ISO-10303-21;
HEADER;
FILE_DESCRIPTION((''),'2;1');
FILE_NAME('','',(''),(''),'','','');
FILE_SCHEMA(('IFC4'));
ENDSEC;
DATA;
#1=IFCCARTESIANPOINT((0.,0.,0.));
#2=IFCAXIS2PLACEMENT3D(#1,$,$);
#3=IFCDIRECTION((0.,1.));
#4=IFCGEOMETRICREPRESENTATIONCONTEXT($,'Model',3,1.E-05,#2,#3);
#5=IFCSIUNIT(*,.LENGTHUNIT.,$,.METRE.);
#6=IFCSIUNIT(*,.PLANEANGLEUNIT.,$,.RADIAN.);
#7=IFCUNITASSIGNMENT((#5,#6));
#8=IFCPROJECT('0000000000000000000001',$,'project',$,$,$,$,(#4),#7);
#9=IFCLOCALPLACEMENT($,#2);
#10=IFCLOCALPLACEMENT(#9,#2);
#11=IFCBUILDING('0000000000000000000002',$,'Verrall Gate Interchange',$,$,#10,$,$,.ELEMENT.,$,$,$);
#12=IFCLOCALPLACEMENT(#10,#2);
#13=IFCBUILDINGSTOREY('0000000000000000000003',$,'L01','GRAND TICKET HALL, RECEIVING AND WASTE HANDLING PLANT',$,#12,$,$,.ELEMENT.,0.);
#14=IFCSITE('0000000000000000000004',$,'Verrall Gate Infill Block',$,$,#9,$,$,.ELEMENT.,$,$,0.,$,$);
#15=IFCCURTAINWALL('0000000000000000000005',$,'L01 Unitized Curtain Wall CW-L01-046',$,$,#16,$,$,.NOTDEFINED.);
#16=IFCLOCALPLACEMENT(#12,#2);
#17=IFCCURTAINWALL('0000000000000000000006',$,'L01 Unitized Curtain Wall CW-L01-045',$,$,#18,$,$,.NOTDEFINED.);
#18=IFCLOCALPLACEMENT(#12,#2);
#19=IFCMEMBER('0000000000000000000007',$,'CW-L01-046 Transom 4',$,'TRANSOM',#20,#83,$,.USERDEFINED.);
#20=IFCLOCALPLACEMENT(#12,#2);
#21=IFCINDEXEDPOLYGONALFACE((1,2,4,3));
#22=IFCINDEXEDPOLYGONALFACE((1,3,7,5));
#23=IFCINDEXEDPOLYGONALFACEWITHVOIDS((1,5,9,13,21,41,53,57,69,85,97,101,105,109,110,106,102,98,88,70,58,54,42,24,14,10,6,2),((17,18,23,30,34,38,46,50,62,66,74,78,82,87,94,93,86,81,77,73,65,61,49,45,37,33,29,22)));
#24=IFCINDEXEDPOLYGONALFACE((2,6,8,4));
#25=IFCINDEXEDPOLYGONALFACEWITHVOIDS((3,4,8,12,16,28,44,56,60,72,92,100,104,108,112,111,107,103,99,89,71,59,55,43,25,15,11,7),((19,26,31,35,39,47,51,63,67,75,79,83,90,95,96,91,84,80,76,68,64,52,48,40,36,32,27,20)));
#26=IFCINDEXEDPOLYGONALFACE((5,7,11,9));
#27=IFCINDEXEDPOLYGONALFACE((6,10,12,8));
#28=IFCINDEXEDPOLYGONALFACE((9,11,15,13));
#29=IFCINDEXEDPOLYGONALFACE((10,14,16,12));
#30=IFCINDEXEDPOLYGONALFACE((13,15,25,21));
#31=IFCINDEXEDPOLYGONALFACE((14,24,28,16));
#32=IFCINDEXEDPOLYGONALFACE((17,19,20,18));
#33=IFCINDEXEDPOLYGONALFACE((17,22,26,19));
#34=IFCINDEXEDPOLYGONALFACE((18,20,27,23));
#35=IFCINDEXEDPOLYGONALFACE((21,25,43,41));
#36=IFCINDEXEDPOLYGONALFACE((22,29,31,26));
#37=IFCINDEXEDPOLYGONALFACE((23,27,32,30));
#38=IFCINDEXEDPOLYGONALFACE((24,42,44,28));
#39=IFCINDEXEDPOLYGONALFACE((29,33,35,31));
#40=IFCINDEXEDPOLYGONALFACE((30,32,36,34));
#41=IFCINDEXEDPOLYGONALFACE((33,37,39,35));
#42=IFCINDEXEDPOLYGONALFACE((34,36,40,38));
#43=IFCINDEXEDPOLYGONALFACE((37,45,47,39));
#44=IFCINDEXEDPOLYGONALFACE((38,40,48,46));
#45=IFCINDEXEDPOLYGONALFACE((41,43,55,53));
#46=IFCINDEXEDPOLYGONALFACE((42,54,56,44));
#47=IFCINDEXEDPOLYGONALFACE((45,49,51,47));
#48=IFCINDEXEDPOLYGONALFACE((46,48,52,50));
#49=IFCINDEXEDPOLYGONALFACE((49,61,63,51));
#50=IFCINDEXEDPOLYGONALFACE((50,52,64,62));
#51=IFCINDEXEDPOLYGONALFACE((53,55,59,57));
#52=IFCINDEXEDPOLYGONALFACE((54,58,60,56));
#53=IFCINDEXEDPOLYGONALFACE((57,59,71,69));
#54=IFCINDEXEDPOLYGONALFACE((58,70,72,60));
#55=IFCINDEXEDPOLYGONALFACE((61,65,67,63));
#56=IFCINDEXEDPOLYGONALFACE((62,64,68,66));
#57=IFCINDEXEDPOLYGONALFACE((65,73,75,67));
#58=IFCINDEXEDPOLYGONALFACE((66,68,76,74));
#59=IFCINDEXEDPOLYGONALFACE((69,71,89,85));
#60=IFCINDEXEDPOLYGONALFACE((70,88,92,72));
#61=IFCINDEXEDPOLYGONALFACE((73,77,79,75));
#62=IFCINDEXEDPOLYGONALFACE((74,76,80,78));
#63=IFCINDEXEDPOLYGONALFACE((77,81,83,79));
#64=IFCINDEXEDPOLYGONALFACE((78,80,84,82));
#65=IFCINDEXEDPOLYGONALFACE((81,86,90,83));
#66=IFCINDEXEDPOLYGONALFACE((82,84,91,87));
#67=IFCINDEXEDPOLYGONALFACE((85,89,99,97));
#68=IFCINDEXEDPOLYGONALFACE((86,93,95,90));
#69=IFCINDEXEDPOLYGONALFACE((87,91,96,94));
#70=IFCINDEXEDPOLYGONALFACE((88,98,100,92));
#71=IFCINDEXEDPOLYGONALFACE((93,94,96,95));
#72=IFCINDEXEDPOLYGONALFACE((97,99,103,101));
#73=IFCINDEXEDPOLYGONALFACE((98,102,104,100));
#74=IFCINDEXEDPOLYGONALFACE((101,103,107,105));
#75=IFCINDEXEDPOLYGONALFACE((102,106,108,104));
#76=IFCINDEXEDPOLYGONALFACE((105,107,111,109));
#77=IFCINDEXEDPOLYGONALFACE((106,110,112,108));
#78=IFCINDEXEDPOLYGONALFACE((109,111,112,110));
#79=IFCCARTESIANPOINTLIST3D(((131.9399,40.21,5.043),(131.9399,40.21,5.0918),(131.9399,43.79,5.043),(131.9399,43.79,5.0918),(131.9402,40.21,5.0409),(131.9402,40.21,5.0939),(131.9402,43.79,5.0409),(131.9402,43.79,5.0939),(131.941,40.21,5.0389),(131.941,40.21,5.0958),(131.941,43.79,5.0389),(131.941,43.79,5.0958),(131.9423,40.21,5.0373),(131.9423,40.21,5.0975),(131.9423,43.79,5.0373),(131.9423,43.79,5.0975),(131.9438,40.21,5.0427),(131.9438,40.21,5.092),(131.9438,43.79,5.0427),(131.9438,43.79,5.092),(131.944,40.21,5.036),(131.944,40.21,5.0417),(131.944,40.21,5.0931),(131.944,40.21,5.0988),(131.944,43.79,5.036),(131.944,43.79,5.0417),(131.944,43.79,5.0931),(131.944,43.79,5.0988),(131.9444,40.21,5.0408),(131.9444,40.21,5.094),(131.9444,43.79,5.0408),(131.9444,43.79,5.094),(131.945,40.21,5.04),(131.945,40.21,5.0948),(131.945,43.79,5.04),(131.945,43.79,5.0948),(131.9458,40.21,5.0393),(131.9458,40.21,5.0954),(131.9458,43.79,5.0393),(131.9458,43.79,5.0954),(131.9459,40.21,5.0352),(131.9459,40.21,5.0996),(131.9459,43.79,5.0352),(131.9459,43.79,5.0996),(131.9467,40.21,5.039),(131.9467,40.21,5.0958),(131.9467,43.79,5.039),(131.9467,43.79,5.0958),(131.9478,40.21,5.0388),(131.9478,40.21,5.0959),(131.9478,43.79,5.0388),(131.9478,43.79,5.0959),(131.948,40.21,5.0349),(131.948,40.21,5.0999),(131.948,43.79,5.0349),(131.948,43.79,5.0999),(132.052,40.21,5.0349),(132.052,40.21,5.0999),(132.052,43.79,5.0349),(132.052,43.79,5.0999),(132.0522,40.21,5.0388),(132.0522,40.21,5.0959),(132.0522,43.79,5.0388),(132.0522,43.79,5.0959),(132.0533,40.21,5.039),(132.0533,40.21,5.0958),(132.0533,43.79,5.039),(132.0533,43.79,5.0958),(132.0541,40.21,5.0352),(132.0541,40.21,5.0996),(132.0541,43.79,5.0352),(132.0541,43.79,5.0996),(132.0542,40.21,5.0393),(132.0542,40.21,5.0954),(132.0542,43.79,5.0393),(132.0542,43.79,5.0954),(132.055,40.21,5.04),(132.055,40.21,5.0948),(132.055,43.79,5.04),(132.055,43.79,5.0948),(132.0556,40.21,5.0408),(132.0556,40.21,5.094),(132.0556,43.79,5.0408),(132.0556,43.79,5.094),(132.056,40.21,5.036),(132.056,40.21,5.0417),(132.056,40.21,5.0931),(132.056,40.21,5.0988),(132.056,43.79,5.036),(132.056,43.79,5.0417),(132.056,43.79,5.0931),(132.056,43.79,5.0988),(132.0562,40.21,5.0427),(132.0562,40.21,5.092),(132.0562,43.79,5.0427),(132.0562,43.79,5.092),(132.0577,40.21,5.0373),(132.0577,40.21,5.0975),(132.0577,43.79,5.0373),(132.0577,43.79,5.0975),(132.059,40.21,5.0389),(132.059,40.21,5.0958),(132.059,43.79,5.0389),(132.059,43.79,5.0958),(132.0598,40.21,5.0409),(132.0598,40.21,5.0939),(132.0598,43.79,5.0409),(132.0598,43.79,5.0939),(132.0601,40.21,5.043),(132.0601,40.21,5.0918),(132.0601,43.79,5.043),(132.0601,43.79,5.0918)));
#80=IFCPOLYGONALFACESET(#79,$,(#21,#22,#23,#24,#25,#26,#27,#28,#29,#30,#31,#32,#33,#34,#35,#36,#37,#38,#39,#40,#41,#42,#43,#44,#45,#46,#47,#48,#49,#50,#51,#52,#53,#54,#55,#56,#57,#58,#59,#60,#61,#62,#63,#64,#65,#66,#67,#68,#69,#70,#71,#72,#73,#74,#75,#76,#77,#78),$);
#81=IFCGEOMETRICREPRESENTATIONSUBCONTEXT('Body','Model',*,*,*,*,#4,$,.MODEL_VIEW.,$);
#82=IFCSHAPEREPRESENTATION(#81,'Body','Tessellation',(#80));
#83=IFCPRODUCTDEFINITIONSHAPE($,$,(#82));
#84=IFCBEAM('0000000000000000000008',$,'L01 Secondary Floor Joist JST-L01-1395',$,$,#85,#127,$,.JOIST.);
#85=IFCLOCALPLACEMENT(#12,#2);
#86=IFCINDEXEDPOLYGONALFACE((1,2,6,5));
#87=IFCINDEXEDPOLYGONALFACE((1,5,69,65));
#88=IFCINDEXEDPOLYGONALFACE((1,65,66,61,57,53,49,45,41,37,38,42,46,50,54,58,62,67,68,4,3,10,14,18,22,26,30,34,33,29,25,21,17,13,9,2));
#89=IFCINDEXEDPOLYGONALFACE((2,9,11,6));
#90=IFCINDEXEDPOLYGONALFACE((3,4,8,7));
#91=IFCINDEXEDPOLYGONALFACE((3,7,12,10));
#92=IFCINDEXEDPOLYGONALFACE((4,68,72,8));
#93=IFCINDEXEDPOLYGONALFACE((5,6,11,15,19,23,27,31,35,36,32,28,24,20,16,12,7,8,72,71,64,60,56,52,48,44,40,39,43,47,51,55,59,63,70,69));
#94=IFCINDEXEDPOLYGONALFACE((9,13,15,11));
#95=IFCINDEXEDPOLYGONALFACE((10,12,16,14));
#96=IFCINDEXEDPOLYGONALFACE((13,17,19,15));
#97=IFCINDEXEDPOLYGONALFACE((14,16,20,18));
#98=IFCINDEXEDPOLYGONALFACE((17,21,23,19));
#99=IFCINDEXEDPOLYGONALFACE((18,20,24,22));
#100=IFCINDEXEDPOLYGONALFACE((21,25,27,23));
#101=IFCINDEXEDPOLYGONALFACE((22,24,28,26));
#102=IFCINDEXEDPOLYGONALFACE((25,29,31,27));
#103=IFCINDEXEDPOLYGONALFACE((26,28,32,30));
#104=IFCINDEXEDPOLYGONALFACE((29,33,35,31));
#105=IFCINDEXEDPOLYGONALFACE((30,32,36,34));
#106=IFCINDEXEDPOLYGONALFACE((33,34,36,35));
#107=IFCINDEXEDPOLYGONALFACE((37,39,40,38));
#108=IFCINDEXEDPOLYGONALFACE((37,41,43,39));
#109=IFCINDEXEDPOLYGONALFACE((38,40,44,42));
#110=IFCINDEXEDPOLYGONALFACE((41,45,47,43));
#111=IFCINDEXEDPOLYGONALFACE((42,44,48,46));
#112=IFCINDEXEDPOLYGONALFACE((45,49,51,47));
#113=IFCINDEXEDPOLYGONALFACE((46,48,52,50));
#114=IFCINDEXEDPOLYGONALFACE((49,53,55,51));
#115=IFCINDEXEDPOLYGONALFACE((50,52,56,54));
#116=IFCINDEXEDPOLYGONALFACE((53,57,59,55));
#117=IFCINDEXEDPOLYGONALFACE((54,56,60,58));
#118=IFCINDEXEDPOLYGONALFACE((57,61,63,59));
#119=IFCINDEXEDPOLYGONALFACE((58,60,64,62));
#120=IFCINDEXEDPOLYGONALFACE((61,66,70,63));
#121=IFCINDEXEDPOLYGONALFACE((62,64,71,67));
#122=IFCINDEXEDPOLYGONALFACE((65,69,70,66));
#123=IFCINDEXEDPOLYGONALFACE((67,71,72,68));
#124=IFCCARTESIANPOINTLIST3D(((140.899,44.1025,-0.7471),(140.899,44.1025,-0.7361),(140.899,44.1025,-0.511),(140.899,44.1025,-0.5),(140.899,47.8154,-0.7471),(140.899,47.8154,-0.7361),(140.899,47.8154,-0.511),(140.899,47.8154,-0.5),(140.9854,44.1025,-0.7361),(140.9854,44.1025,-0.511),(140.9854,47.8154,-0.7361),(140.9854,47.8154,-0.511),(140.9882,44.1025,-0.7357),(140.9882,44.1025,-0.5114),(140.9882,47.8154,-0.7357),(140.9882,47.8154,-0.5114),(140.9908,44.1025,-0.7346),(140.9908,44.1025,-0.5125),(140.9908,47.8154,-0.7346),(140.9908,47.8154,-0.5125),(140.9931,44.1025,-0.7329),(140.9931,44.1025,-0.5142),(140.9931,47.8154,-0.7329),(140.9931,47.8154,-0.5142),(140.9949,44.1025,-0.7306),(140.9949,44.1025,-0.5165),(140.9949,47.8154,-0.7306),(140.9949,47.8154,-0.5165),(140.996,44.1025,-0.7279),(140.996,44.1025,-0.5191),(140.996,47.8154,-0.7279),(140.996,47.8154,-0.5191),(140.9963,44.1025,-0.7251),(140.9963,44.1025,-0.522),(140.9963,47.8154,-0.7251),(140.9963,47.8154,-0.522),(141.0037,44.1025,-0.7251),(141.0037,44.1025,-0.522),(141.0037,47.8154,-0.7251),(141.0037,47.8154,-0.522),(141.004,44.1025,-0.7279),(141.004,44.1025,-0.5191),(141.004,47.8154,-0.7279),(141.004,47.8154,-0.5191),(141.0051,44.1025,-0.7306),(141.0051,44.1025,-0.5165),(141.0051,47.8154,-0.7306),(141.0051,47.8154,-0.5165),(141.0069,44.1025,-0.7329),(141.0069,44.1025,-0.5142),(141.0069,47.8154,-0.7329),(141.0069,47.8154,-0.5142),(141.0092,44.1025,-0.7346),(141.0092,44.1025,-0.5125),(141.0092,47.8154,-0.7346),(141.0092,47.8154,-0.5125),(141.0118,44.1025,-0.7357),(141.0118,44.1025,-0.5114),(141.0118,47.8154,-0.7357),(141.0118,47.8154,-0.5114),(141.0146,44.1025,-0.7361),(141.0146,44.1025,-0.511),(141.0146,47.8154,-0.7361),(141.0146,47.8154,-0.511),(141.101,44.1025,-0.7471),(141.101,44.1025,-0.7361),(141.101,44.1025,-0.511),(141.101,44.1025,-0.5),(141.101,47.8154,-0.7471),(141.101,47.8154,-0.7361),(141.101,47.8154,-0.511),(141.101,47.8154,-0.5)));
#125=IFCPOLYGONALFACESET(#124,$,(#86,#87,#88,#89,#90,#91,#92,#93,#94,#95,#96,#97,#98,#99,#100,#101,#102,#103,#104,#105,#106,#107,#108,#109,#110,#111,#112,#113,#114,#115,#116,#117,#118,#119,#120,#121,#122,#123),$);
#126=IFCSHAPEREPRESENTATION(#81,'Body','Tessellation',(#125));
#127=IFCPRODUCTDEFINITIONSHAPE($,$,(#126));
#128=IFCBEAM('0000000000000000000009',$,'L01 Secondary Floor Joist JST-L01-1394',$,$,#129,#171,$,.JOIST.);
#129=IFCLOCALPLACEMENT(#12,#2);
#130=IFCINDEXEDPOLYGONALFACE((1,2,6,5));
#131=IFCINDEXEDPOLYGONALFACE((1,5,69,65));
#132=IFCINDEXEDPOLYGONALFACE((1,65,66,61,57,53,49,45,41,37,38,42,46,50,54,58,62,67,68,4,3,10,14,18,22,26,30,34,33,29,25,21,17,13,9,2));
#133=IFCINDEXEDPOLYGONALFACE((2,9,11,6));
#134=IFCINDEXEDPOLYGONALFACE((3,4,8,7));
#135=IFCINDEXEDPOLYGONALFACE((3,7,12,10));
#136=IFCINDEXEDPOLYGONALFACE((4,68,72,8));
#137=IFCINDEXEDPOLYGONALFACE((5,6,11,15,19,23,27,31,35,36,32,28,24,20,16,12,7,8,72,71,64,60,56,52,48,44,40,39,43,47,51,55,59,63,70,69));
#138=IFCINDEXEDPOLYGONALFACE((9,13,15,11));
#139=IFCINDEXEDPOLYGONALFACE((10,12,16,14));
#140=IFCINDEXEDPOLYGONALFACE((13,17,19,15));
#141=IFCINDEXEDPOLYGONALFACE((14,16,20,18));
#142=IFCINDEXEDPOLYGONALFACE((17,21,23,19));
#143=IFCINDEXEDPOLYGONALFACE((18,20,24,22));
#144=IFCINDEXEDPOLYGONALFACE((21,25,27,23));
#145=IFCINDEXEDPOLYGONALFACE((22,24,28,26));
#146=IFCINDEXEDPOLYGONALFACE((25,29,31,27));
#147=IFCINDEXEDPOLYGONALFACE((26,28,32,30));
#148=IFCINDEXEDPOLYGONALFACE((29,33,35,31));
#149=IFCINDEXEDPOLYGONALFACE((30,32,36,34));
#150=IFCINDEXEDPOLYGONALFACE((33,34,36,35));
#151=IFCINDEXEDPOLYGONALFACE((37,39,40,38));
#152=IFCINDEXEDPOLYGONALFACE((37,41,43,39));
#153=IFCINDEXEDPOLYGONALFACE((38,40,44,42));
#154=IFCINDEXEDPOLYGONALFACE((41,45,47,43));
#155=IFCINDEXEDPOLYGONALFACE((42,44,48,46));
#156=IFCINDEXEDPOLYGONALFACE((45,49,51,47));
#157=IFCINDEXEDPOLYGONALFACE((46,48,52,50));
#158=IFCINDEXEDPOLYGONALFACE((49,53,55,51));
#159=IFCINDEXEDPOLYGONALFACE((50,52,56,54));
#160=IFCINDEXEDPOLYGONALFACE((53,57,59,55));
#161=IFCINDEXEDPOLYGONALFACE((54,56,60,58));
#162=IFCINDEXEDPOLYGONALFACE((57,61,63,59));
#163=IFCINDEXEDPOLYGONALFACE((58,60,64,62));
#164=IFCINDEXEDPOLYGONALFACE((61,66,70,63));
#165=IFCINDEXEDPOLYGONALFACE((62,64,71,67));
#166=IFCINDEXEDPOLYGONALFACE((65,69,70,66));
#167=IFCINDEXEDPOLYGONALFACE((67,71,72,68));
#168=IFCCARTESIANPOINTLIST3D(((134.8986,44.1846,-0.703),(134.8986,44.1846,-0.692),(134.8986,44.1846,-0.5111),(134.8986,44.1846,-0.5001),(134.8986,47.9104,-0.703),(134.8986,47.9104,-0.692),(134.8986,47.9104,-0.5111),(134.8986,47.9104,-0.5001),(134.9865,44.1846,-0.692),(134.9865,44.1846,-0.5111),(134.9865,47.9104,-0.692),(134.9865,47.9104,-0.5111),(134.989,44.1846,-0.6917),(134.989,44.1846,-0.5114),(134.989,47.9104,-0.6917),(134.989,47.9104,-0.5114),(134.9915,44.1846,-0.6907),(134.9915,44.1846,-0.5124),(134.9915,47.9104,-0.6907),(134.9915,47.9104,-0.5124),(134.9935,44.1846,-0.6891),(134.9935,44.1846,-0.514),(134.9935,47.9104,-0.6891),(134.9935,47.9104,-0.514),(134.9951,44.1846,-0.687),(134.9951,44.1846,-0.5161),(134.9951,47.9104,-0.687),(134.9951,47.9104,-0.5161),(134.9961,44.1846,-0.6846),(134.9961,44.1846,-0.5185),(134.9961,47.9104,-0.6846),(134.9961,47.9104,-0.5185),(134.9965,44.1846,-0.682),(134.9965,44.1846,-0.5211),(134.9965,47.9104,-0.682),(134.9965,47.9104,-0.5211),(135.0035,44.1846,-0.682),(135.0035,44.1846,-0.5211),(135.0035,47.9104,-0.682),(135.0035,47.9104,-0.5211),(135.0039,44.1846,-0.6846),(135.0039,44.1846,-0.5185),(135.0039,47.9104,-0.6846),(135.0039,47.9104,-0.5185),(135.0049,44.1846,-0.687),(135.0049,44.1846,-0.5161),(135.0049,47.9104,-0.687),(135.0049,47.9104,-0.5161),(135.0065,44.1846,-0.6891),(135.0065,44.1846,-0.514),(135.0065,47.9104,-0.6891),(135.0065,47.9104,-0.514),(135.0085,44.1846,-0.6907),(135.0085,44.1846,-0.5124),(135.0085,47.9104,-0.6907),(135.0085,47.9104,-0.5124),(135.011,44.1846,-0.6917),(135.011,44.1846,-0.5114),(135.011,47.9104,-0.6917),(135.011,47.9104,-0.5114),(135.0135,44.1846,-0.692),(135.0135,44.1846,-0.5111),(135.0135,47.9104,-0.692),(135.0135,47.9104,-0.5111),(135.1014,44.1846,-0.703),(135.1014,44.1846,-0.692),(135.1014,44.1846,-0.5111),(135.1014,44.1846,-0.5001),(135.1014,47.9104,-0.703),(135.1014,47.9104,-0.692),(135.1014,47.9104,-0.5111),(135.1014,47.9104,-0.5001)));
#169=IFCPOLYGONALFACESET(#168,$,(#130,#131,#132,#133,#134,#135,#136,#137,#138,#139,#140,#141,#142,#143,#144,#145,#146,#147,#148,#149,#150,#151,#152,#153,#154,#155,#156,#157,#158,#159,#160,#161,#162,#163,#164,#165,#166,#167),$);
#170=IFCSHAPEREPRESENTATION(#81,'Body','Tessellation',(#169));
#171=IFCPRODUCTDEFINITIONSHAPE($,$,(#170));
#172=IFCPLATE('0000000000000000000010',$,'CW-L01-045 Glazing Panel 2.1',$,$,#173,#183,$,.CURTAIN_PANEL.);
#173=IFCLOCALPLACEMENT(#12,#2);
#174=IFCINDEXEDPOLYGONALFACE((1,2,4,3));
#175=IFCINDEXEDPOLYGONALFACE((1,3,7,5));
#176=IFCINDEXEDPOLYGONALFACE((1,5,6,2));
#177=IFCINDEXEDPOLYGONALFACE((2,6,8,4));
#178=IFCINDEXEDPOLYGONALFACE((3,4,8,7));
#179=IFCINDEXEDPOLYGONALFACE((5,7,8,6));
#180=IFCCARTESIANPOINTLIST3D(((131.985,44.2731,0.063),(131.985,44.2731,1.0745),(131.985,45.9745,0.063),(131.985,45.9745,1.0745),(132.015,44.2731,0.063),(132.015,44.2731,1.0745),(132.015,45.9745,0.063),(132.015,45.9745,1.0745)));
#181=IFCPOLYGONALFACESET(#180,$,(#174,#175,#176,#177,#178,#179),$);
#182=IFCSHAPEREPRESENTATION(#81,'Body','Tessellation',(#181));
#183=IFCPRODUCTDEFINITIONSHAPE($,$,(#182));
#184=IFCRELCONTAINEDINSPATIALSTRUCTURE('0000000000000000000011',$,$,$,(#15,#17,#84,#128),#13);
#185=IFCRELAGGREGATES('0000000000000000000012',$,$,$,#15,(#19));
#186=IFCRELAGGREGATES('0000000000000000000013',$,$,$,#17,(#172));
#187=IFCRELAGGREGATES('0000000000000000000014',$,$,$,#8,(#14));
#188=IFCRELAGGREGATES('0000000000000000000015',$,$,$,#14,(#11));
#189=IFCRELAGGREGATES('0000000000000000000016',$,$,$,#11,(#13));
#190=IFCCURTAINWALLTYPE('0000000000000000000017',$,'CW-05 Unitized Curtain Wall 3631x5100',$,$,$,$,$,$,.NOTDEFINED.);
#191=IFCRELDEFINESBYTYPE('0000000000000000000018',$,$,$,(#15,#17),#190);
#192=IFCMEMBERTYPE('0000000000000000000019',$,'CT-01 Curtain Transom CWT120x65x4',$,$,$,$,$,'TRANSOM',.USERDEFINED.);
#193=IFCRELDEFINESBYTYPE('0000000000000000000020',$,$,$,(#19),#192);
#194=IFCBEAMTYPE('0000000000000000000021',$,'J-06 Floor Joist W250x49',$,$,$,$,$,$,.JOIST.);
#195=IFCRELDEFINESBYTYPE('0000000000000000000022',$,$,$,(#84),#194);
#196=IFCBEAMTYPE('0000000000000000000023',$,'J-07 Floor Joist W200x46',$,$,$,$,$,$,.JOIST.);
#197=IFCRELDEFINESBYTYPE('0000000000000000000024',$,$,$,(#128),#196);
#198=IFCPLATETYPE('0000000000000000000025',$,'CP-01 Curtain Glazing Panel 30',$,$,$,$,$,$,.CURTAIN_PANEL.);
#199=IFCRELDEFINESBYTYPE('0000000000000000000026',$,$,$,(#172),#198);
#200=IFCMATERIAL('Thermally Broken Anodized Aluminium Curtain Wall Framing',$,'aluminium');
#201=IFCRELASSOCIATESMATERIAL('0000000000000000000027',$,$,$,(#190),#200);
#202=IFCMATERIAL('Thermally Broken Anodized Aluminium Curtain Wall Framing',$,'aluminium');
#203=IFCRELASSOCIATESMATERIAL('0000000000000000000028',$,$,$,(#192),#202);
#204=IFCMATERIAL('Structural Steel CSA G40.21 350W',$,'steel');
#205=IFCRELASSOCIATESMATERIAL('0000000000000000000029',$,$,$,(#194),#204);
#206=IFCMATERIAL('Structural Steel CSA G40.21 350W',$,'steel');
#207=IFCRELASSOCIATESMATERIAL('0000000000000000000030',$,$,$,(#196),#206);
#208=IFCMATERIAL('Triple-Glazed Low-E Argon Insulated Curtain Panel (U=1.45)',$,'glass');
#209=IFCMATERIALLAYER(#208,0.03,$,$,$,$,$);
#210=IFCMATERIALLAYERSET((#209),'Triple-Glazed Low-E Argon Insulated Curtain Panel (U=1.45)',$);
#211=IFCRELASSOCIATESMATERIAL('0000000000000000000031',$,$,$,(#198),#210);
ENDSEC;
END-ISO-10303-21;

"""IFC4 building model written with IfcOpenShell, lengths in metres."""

from ifc_helpers import new_model, si_unit, direction, frame, origin, origin_2d, place, context, subcontext, project, spatial, rectangle, hollow_rectangle, i_section, extrude, material, layer, layer_set, material_profile, profile_set, type_object, element, aggregate, save


model = new_model("IFC4")

# Units and contexts
model_context = context("Model", 3, precision=1e-05, world=origin(), true_north=direction((0.0, 1.0)))
body_context = subcontext(model_context, "Body", "Model", "MODEL_VIEW")
ifc_project = project(units=[si_unit("LENGTHUNIT", "METRE"), si_unit("PLANEANGLEUNIT", "RADIAN")], contexts=[model_context])

# Site, building, storey
site_placement = place(None, origin())
site = spatial("IfcSite", under=ifc_project, at=site_placement, Name="Verrall Gate Infill Block", CompositionType="ELEMENT", RefElevation=0.0)
building_placement = place(site_placement, origin())
building = spatial("IfcBuilding", under=site, at=building_placement, Name="Verrall Gate Interchange", CompositionType="ELEMENT")
storey_placement = place(building_placement, origin())
storey = spatial("IfcBuildingStorey", under=building, at=storey_placement, Name="L01", Description="GRAND TICKET HALL, RECEIVING AND WASTE HANDLING PLANT", CompositionType="ELEMENT", Elevation=0.0)

# Curtain wall
ifc_material_1 = material(Name="Thermally Broken Anodized Aluminium Curtain Wall Framing", Category="aluminium")
curtain_wall_type = type_object("IfcCurtainWallType", Name="CW-05 Unitized Curtain Wall 3631x5100", PredefinedType="NOTDEFINED", material=ifc_material_1)
curtain_wall_1_placement = place(storey_placement, origin())
curtain_wall_1 = element("IfcCurtainWall", 1, at=curtain_wall_1_placement, inside=storey, type_object=curtain_wall_type, Name="L01 Unitized Curtain Wall CW-L01-046", PredefinedType="NOTDEFINED")

# Curtain wall
curtain_wall_2_placement = place(storey_placement, origin())
curtain_wall_2 = element("IfcCurtainWall", 2, at=curtain_wall_2_placement, inside=storey, type_object=curtain_wall_type, Name="L01 Unitized Curtain Wall CW-L01-045", PredefinedType="NOTDEFINED")

# Member
ifc_material_2 = material(Name="Thermally Broken Anodized Aluminium Curtain Wall Framing", Category="aluminium")
ifc_material_profile_1 = material_profile(ifc_material_2, hollow_rectangle(XDim=0.1201, YDim=0.0649, WallThickness=0.0039, InnerFilletRadius=0.0039, OuterFilletRadius=0.0081, at=origin_2d()), Name="CWT120x65x4")
ifc_profile_set_1 = profile_set([ifc_material_profile_1], Name="Thermally Broken Anodized Aluminium Curtain Wall Framing")
member_type_1 = type_object("IfcMemberType", Name="CT-01 Curtain Transom CWT120x65x4", ElementType="TRANSOM", PredefinedType="USERDEFINED", material=ifc_profile_set_1)
member_1_placement = place(storey_placement, frame((132.0, 43.79, 5.0674), z_axis=(0.0, -1.0, 0.0), x_axis=(1.0, 0.0, 0.0)))
member_1 = element("IfcMember", 3, at=member_1_placement, type_object=member_type_1, Name="CW-L01-046 Transom 4", ObjectType="TRANSOM", PredefinedType="USERDEFINED", context=body_context, shape_type="SweptSolid", body=[
    extrude(hollow_rectangle(XDim=0.1201, YDim=0.0649, WallThickness=0.0039, InnerFilletRadius=0.0039, OuterFilletRadius=0.0081, at=origin_2d()), origin(), (0.0, 0.0, 1.0), 3.5801),
])
aggregate(curtain_wall_1, [member_1])

# Beams
ifc_material_3 = material(Name="Structural Steel CSA G40.21 350W", Category="steel")
ifc_material_profile_2 = material_profile(ifc_material_3, i_section(OverallWidth=0.2019, OverallDepth=0.2471, WebThickness=0.0073, FlangeThickness=0.011, FilletRadius=0.011, at=origin_2d()), Name="W250x49")
ifc_profile_set_2 = profile_set([ifc_material_profile_2], Name="Structural Steel CSA G40.21 350W")
beam_type_1 = type_object("IfcBeamType", Name="J-06 Floor Joist W250x49", PredefinedType="JOIST", material=ifc_profile_set_2)
beam_1_placement = place(storey_placement, frame((141.0, 44.1025, -0.6235), z_axis=(0.0, 1.0, 0.0), x_axis=(-1.0, 0.0, 0.0)))
element("IfcBeam", 4, at=beam_1_placement, inside=storey, type_object=beam_type_1, Name="L01 Secondary Floor Joist JST-L01-1395", PredefinedType="JOIST", context=body_context, shape_type="SweptSolid", body=[
    extrude(i_section(OverallWidth=0.2019, OverallDepth=0.2471, WebThickness=0.0073, FlangeThickness=0.011, FilletRadius=0.011, at=origin_2d()), origin(), (0.0, 0.0, 1.0), 3.7129),
])
ifc_material_4 = material(Name="Structural Steel CSA G40.21 350W", Category="steel")
ifc_material_profile_3 = material_profile(ifc_material_4, i_section(OverallWidth=0.2029, OverallDepth=0.2029, WebThickness=0.0071, FlangeThickness=0.011, FilletRadius=0.01, at=origin_2d()), Name="W200x46")
ifc_profile_set_3 = profile_set([ifc_material_profile_3], Name="Structural Steel CSA G40.21 350W")
beam_type_2 = type_object("IfcBeamType", Name="J-07 Floor Joist W200x46", PredefinedType="JOIST", material=ifc_profile_set_3)
beam_2_placement = place(storey_placement, frame((135.0, 44.1846, -0.6016), z_axis=(0.0, 1.0, 0.0), x_axis=(-1.0, 0.0, 0.0)))
element("IfcBeam", 5, at=beam_2_placement, inside=storey, type_object=beam_type_2, Name="L01 Secondary Floor Joist JST-L01-1394", PredefinedType="JOIST", context=body_context, shape_type="SweptSolid", body=[
    extrude(i_section(OverallWidth=0.2029, OverallDepth=0.2029, WebThickness=0.0071, FlangeThickness=0.011, FilletRadius=0.01, at=origin_2d()), origin(), (0.0, 0.0, 1.0), 3.7258),
])

# Plate
ifc_material_5 = material(Name="Triple-Glazed Low-E Argon Insulated Curtain Panel (U=1.45)", Category="glass")
ifc_layer = layer(ifc_material_5, 0.03)
ifc_layer_set = layer_set([ifc_layer], Name="Triple-Glazed Low-E Argon Insulated Curtain Panel (U=1.45)")
plate_type = type_object("IfcPlateType", Name="CP-01 Curtain Glazing Panel 30", PredefinedType="CURTAIN_PANEL", material=ifc_layer_set)
plate_1_placement = place(storey_placement, frame((132.0, 45.1238, 0.063), z_axis=(0.0, 0.0, 1.0), x_axis=(0.0, -1.0, 0.0)))
plate_1 = element("IfcPlate", 6, at=plate_1_placement, type_object=plate_type, Name="CW-L01-045 Glazing Panel 2.1", PredefinedType="CURTAIN_PANEL", context=body_context, shape_type="SweptSolid", body=[
    extrude(rectangle(XDim=1.7014, YDim=0.03, at=origin_2d()), origin(), (0.0, 0.0, 1.0), 1.0115),
])
aggregate(curtain_wall_2, [plate_1])

save(model, "model.ifc")
